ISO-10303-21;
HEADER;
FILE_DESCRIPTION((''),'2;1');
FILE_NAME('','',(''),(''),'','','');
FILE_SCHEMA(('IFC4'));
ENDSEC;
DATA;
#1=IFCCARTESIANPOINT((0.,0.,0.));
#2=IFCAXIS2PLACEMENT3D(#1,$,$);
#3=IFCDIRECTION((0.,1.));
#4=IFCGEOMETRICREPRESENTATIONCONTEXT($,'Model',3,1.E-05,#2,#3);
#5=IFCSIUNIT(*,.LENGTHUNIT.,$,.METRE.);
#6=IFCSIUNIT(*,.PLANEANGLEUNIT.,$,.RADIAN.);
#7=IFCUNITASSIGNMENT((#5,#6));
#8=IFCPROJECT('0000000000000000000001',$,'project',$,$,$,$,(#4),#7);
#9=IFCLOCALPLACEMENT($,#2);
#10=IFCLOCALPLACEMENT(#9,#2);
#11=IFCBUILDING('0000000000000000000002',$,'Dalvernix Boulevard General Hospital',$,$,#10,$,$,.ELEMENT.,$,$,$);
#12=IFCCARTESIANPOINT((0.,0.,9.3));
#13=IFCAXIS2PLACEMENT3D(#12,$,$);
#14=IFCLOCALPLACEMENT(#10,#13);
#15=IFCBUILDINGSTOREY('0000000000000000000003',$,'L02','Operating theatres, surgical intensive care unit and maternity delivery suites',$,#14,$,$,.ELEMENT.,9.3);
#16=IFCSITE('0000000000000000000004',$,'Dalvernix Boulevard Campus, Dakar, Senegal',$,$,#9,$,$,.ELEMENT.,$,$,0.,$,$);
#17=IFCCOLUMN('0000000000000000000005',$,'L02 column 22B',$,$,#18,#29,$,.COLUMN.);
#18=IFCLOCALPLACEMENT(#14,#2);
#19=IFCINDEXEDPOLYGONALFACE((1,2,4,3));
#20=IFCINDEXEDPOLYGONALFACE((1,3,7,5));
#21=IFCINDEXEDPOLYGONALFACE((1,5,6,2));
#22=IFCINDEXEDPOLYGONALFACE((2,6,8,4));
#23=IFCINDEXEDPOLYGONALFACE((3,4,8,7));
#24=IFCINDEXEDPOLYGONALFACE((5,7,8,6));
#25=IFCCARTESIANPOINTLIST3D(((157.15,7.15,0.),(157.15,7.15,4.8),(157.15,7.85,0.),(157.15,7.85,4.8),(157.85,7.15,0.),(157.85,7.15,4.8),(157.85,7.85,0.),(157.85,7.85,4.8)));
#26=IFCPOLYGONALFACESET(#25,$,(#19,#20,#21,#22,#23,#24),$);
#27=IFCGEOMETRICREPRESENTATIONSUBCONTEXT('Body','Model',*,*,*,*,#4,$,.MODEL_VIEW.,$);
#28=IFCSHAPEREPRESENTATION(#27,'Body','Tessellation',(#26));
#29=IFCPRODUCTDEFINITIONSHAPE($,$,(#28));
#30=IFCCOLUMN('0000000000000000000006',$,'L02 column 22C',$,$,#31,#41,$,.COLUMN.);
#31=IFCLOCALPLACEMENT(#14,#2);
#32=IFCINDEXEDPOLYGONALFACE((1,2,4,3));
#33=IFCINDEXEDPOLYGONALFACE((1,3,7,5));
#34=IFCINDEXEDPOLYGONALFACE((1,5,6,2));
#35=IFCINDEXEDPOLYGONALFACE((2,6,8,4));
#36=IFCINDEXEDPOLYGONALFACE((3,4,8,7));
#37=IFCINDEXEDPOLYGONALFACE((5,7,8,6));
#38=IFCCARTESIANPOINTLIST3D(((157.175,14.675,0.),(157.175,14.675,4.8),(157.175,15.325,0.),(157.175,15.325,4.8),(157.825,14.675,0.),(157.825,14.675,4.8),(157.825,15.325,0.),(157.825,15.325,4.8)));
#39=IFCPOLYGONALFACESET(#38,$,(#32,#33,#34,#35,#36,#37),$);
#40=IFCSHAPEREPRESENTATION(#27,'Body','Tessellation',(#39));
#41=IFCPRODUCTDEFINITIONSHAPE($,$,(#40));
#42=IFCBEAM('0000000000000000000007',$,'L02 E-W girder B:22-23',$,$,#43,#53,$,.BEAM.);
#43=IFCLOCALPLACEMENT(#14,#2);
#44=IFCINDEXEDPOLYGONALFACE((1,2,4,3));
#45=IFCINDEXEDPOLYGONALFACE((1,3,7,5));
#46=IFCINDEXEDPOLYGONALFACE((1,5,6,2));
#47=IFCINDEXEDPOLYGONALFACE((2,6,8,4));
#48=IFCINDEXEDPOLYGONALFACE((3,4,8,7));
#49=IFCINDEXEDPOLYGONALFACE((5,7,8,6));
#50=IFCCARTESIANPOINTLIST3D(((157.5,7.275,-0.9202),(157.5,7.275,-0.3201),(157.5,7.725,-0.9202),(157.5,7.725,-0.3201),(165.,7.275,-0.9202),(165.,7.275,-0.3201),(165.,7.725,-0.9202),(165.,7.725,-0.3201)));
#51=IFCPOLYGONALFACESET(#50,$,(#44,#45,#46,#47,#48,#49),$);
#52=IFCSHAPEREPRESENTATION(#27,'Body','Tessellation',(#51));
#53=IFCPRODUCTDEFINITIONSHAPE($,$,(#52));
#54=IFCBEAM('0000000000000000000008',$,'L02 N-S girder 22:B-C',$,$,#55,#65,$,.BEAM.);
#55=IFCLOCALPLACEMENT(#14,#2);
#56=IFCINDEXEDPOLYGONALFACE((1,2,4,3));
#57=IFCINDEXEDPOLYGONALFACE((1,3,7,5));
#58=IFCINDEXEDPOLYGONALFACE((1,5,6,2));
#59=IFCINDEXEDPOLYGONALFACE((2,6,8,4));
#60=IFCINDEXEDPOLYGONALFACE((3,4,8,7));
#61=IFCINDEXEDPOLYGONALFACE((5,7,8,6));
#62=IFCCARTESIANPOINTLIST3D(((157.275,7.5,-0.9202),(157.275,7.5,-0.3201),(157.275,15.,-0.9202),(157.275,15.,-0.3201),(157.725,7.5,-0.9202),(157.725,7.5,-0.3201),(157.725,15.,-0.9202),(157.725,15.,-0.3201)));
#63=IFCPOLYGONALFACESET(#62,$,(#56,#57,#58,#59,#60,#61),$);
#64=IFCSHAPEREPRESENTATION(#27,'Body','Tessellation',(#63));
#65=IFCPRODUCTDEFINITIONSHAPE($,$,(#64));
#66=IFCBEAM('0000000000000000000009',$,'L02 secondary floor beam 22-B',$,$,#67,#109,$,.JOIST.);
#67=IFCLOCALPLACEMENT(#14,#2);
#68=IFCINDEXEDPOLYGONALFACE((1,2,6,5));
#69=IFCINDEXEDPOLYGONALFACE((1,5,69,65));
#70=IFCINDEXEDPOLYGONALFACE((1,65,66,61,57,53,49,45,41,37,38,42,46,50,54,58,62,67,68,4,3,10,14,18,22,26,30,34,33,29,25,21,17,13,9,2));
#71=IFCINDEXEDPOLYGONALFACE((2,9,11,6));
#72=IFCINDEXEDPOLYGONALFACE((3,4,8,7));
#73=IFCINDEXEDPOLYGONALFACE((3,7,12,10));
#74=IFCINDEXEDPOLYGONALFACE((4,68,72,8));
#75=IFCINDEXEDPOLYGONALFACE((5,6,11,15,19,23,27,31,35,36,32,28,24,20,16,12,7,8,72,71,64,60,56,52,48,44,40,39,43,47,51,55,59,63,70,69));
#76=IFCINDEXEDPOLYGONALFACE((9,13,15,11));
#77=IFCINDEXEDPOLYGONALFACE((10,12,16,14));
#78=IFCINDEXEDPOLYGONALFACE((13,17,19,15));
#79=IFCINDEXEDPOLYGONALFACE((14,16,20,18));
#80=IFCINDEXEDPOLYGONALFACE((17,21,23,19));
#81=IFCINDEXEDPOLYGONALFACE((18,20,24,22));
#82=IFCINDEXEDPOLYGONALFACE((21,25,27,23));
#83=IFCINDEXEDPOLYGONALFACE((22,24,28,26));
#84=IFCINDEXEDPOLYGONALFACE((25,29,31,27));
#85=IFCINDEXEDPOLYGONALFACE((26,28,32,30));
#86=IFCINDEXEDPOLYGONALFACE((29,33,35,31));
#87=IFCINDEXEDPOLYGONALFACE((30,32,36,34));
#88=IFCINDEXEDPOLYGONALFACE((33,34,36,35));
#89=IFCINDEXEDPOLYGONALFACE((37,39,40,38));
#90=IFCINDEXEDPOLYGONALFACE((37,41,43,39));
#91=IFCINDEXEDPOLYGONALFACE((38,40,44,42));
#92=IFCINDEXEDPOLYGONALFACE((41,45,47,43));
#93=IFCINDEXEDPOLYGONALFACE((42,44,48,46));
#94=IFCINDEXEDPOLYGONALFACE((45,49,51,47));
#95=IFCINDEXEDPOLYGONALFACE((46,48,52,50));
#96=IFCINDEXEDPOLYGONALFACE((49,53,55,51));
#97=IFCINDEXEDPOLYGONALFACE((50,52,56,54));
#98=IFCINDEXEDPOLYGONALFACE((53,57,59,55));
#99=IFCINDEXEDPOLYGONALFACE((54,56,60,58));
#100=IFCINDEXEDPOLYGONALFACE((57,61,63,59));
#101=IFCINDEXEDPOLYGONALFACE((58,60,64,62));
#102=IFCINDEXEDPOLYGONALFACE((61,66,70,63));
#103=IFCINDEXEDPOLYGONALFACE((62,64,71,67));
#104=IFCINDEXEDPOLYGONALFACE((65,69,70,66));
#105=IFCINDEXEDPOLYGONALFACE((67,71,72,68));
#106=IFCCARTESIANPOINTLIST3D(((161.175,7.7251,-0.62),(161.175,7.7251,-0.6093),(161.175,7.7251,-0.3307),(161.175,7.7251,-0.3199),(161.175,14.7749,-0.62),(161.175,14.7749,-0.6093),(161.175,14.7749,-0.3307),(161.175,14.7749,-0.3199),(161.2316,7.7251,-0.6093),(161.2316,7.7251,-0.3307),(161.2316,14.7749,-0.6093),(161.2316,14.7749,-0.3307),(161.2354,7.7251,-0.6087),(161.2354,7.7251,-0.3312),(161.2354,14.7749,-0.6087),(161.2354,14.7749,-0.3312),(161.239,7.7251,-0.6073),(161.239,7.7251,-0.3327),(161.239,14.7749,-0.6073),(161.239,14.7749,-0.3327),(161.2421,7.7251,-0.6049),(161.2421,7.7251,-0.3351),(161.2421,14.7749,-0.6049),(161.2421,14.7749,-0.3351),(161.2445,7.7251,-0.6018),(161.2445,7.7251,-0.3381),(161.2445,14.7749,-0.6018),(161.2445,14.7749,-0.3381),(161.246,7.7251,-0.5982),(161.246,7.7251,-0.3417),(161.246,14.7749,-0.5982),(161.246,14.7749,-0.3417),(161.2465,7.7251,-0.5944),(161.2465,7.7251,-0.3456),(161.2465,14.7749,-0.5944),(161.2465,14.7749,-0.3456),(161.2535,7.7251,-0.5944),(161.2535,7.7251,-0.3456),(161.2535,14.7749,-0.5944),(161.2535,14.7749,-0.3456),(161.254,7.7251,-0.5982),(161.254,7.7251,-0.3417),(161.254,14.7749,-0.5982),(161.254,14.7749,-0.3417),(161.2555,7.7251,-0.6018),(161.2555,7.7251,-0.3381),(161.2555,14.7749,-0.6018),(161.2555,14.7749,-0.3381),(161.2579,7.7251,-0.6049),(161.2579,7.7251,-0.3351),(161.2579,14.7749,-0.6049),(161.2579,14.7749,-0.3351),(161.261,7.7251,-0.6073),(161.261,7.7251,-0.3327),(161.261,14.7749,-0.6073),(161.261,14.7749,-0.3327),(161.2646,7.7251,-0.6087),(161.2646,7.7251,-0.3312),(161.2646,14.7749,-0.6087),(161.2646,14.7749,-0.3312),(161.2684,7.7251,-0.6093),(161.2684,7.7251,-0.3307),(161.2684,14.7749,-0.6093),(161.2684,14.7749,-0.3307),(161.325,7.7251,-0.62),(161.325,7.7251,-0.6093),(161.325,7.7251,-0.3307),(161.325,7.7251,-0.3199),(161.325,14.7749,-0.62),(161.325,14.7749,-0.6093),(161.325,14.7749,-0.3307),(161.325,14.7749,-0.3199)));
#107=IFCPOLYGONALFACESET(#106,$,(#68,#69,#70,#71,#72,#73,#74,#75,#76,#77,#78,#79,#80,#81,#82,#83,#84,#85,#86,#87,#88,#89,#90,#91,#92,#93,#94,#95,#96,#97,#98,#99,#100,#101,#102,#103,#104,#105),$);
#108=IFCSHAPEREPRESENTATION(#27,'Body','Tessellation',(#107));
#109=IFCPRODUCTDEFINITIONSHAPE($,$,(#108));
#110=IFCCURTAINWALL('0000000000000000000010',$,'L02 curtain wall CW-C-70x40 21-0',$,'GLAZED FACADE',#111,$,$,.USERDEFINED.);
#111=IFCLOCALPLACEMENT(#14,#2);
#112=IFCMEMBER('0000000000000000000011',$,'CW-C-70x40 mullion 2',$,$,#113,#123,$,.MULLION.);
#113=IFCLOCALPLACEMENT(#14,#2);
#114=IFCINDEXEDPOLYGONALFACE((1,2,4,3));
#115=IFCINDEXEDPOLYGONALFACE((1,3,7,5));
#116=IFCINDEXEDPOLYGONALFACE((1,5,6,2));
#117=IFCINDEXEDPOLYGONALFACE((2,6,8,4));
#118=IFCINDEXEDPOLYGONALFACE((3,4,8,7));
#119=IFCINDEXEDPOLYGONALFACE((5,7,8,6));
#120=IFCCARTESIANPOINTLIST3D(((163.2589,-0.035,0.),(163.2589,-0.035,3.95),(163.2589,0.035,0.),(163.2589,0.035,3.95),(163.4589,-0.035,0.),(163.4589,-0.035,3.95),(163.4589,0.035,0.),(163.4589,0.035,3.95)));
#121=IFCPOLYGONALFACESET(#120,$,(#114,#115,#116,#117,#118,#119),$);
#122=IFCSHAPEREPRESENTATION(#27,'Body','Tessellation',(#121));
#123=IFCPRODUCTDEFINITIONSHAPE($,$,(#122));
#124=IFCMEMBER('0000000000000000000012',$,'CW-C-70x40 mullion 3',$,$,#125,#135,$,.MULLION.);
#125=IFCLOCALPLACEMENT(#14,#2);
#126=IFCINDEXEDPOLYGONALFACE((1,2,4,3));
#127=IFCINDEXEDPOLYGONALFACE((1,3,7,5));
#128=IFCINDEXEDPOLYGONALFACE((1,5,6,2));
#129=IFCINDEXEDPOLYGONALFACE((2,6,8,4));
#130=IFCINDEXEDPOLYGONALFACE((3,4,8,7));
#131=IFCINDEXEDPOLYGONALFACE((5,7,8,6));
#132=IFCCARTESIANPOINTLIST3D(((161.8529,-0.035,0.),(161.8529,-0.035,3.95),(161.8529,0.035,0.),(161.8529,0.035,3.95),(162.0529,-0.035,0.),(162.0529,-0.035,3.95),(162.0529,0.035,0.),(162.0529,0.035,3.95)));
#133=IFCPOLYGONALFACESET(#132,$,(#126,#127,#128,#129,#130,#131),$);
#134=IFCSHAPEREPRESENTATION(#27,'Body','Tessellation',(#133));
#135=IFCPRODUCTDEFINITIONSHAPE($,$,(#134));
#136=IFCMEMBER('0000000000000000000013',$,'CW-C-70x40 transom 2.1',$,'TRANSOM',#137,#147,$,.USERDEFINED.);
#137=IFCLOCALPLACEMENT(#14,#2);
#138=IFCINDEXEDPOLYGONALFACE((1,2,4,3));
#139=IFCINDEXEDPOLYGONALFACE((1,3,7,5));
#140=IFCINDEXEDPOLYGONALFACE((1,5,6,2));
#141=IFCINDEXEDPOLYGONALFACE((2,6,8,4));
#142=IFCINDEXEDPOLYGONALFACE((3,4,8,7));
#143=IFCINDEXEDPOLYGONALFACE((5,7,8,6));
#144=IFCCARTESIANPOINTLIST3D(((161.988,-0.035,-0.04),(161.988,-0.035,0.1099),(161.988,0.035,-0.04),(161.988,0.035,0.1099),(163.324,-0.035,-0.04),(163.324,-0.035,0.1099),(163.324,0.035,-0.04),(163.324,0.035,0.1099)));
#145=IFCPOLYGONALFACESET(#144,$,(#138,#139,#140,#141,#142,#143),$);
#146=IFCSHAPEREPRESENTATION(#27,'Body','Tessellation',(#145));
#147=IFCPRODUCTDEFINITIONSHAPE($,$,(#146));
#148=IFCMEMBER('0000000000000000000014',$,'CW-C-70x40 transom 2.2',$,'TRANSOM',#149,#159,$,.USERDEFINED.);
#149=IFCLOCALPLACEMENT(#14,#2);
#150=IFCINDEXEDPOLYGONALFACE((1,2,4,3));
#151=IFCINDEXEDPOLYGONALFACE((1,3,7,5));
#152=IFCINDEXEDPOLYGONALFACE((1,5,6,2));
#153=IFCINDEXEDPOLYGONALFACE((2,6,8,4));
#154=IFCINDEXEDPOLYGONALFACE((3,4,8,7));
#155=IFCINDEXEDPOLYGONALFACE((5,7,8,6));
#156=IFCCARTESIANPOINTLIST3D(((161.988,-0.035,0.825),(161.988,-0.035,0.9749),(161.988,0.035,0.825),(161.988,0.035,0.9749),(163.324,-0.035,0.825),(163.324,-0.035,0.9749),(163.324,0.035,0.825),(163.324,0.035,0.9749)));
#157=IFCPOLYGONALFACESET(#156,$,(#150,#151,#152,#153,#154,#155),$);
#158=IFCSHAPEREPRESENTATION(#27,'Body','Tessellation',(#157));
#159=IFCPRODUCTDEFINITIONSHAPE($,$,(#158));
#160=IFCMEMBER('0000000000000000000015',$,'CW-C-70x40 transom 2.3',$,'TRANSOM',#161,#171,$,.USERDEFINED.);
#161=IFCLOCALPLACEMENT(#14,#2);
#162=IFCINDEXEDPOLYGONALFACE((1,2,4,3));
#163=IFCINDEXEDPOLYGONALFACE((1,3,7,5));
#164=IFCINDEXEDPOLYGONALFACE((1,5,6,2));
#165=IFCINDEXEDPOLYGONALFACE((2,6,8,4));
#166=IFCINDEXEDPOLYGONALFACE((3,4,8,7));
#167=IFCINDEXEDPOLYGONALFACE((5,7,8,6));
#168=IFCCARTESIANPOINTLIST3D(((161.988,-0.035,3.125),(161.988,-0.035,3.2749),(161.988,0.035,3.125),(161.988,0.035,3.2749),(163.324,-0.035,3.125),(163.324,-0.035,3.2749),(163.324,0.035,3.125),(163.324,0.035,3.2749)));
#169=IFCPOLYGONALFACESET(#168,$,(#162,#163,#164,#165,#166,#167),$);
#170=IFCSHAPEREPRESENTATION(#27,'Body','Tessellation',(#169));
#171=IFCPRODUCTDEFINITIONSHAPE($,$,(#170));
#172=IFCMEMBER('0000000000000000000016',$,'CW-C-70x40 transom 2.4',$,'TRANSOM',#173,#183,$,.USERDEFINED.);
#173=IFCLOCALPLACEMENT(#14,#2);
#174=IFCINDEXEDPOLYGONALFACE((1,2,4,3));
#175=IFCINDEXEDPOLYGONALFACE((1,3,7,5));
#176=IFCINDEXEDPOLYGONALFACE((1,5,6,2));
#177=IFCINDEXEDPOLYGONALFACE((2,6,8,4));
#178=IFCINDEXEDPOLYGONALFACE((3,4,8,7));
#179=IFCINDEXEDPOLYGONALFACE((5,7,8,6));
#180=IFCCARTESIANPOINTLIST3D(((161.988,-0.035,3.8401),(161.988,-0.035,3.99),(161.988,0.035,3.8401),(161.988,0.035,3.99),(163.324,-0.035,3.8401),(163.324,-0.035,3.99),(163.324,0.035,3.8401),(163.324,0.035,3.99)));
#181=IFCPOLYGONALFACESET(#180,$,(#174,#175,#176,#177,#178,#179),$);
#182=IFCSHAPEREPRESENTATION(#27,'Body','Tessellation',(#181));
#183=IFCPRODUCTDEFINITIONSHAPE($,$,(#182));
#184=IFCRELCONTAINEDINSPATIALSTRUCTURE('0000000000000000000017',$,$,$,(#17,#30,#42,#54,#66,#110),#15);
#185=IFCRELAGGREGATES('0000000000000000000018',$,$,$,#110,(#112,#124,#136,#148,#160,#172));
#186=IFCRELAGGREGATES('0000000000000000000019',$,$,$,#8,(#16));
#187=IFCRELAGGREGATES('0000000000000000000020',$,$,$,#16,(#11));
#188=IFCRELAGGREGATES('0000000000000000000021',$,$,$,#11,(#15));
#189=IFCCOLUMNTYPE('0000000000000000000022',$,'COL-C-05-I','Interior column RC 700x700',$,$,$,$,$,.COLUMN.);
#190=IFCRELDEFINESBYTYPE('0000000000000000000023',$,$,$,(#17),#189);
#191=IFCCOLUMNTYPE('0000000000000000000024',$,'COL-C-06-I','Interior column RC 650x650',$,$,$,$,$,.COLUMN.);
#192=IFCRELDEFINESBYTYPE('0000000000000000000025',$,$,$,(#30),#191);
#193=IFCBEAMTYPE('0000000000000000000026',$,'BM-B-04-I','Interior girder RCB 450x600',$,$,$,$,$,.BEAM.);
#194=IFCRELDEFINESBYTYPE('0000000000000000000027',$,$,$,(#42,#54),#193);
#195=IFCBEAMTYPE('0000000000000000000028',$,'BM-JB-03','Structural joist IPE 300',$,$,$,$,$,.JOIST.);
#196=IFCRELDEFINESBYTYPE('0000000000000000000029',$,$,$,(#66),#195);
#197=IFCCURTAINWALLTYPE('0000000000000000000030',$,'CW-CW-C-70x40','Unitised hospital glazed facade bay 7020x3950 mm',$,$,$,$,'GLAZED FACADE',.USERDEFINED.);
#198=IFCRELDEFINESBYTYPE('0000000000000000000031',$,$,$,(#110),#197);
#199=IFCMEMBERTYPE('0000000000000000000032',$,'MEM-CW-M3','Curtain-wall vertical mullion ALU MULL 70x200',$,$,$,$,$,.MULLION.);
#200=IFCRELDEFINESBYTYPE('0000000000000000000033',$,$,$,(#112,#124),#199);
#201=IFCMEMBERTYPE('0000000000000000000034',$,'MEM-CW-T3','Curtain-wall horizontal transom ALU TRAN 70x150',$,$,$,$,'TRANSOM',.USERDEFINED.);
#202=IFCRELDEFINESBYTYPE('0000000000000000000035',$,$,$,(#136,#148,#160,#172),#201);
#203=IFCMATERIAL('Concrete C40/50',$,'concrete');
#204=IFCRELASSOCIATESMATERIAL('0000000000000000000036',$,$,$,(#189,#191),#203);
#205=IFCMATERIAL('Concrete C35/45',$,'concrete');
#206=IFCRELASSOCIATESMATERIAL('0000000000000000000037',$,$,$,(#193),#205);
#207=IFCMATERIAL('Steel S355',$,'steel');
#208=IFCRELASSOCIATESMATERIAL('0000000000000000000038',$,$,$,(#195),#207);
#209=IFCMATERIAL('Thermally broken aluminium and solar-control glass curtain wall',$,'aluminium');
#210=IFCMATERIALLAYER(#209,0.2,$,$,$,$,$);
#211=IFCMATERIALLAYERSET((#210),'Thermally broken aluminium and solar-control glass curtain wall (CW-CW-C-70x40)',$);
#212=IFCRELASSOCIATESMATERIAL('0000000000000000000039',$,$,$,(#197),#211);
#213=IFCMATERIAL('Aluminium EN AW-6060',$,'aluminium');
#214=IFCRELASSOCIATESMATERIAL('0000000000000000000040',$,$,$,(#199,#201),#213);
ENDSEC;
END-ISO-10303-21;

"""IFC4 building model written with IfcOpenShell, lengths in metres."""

from ifc_helpers import new_model, si_unit, direction, frame, origin, origin_2d, place, context, subcontext, project, spatial, rectangle, i_section, extrude, material, layer, layer_set, material_profile, profile_set, type_object, element, aggregate, save


model = new_model("IFC4")

# Units and contexts
model_context = context("Model", 3, precision=1e-05, world=origin(), true_north=direction((0.0, 1.0)))
body_context = subcontext(model_context, "Body", "Model", "MODEL_VIEW")
ifc_project = project(units=[si_unit("LENGTHUNIT", "METRE"), si_unit("PLANEANGLEUNIT", "RADIAN")], contexts=[model_context])

# Site, building, storey
site_placement = place(None, origin())
site = spatial("IfcSite", under=ifc_project, at=site_placement, Name="Dalvernix Boulevard Campus, Dakar, Senegal", CompositionType="ELEMENT", RefElevation=0.0)
building_placement = place(site_placement, origin())
building = spatial("IfcBuilding", under=site, at=building_placement, Name="Dalvernix Boulevard General Hospital", CompositionType="ELEMENT")
storey_placement = place(building_placement, frame((0.0, 0.0, 9.3)))
storey = spatial("IfcBuildingStorey", under=building, at=storey_placement, Name="L02", Description="Operating theatres, surgical intensive care unit and maternity delivery suites", CompositionType="ELEMENT", Elevation=9.3)

# Columns
ifc_material_1 = material(Name="Concrete C40/50", Category="concrete")
ifc_material_profile_1 = material_profile(ifc_material_1, rectangle(XDim=0.7, YDim=0.7, at=origin_2d()), Name="RC 700x700")
ifc_profile_set_1 = profile_set([ifc_material_profile_1], Name="Concrete C40/50")
column_type_1 = type_object("IfcColumnType", Name="COL-C-05-I", Description="Interior column RC 700x700", PredefinedType="COLUMN", material=ifc_profile_set_1)
column_1_placement = place(storey_placement, frame((157.5, 7.5, 0.0), z_axis=(0.0, 0.0, 1.0), x_axis=(1.0, 0.0, 0.0)))
element("IfcColumn", 1, at=column_1_placement, inside=storey, type_object=column_type_1, Name="L02 column 22B", PredefinedType="COLUMN", context=body_context, shape_type="SweptSolid", body=[
    extrude(rectangle(XDim=0.7, YDim=0.7, at=origin_2d()), origin(), (0.0, 0.0, 1.0), 4.8),
])
ifc_material_profile_2 = material_profile(ifc_material_1, rectangle(XDim=0.6499, YDim=0.6499, at=origin_2d()), Name="RC 650x650")
ifc_profile_set_2 = profile_set([ifc_material_profile_2], Name="Concrete C40/50")
column_type_2 = type_object("IfcColumnType", Name="COL-C-06-I", Description="Interior column RC 650x650", PredefinedType="COLUMN", material=ifc_profile_set_2)
column_2_placement = place(storey_placement, frame((157.5, 15.0, 0.0), z_axis=(0.0, 0.0, 1.0), x_axis=(1.0, 0.0, 0.0)))
element("IfcColumn", 2, at=column_2_placement, inside=storey, type_object=column_type_2, Name="L02 column 22C", PredefinedType="COLUMN", context=body_context, shape_type="SweptSolid", body=[
    extrude(rectangle(XDim=0.6499, YDim=0.6499, at=origin_2d()), origin(), (0.0, 0.0, 1.0), 4.8),
])

# Beams
ifc_material_2 = material(Name="Concrete C35/45", Category="concrete")
ifc_material_profile_3 = material_profile(ifc_material_2, rectangle(XDim=0.45, YDim=0.6001, at=origin_2d()), Name="RCB 450x600")
ifc_profile_set_3 = profile_set([ifc_material_profile_3], Name="Concrete C35/45")
beam_type_1 = type_object("IfcBeamType", Name="BM-B-04-I", Description="Interior girder RCB 450x600", PredefinedType="BEAM", material=ifc_profile_set_3)
for number, where, z_axis, x_axis, name in (
    (3, (157.5, 7.5, -0.6201), (1.0, 0.0, 0.0), (0.0, 1.0, 0.0), "L02 E-W girder B:22-23"),
    (4, (157.5, 7.5, -0.6201), (0.0, 1.0, 0.0), (-1.0, 0.0, 0.0), "L02 N-S girder 22:B-C"),
):
    element("IfcBeam", number, at=place(storey_placement, frame(where, z_axis=z_axis, x_axis=x_axis)), inside=storey, type_object=beam_type_1, Name=name, PredefinedType="BEAM", context=body_context, shape_type="SweptSolid", body=[
        extrude(rectangle(XDim=0.45, YDim=0.6001, at=origin_2d()), origin(), (0.0, 0.0, 1.0), 7.5),
    ])
ifc_material_3 = material(Name="Steel S355", Category="steel")
ifc_material_profile_4 = material_profile(ifc_material_3, i_section(OverallWidth=0.1499, OverallDepth=0.3, WebThickness=0.0071, FlangeThickness=0.0107, FilletRadius=0.0149, at=origin_2d()), Name="IPE 300")
ifc_profile_set_4 = profile_set([ifc_material_profile_4], Name="Steel S355")
beam_type_2 = type_object("IfcBeamType", Name="BM-JB-03", Description="Structural joist IPE 300", PredefinedType="JOIST", material=ifc_profile_set_4)
beam_placement = place(storey_placement, frame((161.25, 7.7251, -0.47), z_axis=(0.0, 1.0, 0.0), x_axis=(-1.0, 0.0, 0.0)))
element("IfcBeam", 5, at=beam_placement, inside=storey, type_object=beam_type_2, Name="L02 secondary floor beam 22-B", PredefinedType="JOIST", context=body_context, shape_type="SweptSolid", body=[
    extrude(i_section(OverallWidth=0.1499, OverallDepth=0.3, WebThickness=0.0071, FlangeThickness=0.0107, FilletRadius=0.0149, at=origin_2d()), origin(), (0.0, 0.0, 1.0), 7.0498),
])

# Curtain wall, members
ifc_material_4 = material(Name="Thermally broken aluminium and solar-control glass curtain wall", Category="aluminium")
ifc_layer_1 = layer(ifc_material_4, 0.2)
ifc_layer_set_1 = layer_set([ifc_layer_1], Name="Thermally broken aluminium and solar-control glass curtain wall (CW-CW-C-70x40)")
curtain_wall_type = type_object("IfcCurtainWallType", Name="CW-CW-C-70x40", Description="Unitised hospital glazed facade bay 7020x3950 mm", ElementType="GLAZED FACADE", PredefinedType="USERDEFINED", material=ifc_layer_set_1)
curtain_wall_placement = place(storey_placement, origin())
curtain_wall = element("IfcCurtainWall", 6, at=curtain_wall_placement, inside=storey, type_object=curtain_wall_type, Name="L02 curtain wall CW-C-70x40 21-0", ObjectType="GLAZED FACADE", PredefinedType="USERDEFINED")
ifc_material_5 = material(Name="Aluminium EN AW-6060", Category="aluminium")
ifc_material_profile_5 = material_profile(ifc_material_5, rectangle(XDim=0.0701, YDim=0.2, at=origin_2d()), Name="ALU MULL 70x200")
ifc_profile_set_5 = profile_set([ifc_material_profile_5], Name="Aluminium EN AW-6060")
member_type_1 = type_object("IfcMemberType", Name="MEM-CW-M3", Description="Curtain-wall vertical mullion ALU MULL 70x200", PredefinedType="MULLION", material=ifc_profile_set_5)
member_1_placement = place(storey_placement, frame((163.3589, 0.0, 0.0), z_axis=(0.0, 0.0, 1.0), x_axis=(0.0, -1.0, 0.0)))
member_1 = element("IfcMember", 7, at=member_1_placement, type_object=member_type_1, Name="CW-C-70x40 mullion 2", PredefinedType="MULLION", context=body_context, shape_type="SweptSolid", body=[
    extrude(rectangle(XDim=0.0701, YDim=0.2, at=origin_2d()), origin(), (0.0, 0.0, 1.0), 3.95),
])
member_2_placement = place(storey_placement, frame((161.9529, 0.0, 0.0), z_axis=(0.0, 0.0, 1.0), x_axis=(0.0, -1.0, 0.0)))
member_2 = element("IfcMember", 8, at=member_2_placement, type_object=member_type_1, Name="CW-C-70x40 mullion 3", PredefinedType="MULLION", context=body_context, shape_type="SweptSolid", body=[
    extrude(rectangle(XDim=0.0701, YDim=0.2, at=origin_2d()), origin(), (0.0, 0.0, 1.0), 3.95),
])
ifc_material_profile_6 = material_profile(ifc_material_5, rectangle(XDim=0.0701, YDim=0.1499, at=origin_2d()), Name="ALU TRAN 70x150")
ifc_profile_set_6 = profile_set([ifc_material_profile_6], Name="Aluminium EN AW-6060")
member_type_2 = type_object("IfcMemberType", Name="MEM-CW-T3", Description="Curtain-wall horizontal transom ALU TRAN 70x150", ElementType="TRANSOM", PredefinedType="USERDEFINED", material=ifc_profile_set_6)
member_3_placement = place(storey_placement, frame((163.324, 0.0, 0.0349), z_axis=(-1.0, 0.0, 0.0), x_axis=(0.0, -1.0, 0.0)))
member_3 = element("IfcMember", 9, at=member_3_placement, type_object=member_type_2, Name="CW-C-70x40 transom 2.1", ObjectType="TRANSOM", PredefinedType="USERDEFINED", context=body_context, shape_type="SweptSolid", body=[
    extrude(rectangle(XDim=0.0701, YDim=0.1499, at=origin_2d()), origin(), (0.0, 0.0, 1.0), 1.3359),
])
member_4_placement = place(storey_placement, frame((163.324, 0.0, 0.8999), z_axis=(-1.0, 0.0, 0.0), x_axis=(0.0, -1.0, 0.0)))
member_4 = element("IfcMember", 10, at=member_4_placement, type_object=member_type_2, Name="CW-C-70x40 transom 2.2", ObjectType="TRANSOM", PredefinedType="USERDEFINED", context=body_context, shape_type="SweptSolid", body=[
    extrude(rectangle(XDim=0.0701, YDim=0.1499, at=origin_2d()), origin(), (0.0, 0.0, 1.0), 1.3359),
])
member_5_placement = place(storey_placement, frame((163.324, 0.0, 3.2), z_axis=(-1.0, 0.0, 0.0), x_axis=(0.0, -1.0, 0.0)))
member_5 = element("IfcMember", 11, at=member_5_placement, type_object=member_type_2, Name="CW-C-70x40 transom 2.3", ObjectType="TRANSOM", PredefinedType="USERDEFINED", context=body_context, shape_type="SweptSolid", body=[
    extrude(rectangle(XDim=0.0701, YDim=0.1499, at=origin_2d()), origin(), (0.0, 0.0, 1.0), 1.3359),
])
member_6_placement = place(storey_placement, frame((163.324, 0.0, 3.915), z_axis=(-1.0, 0.0, 0.0), x_axis=(0.0, -1.0, 0.0)))
member_6 = element("IfcMember", 12, at=member_6_placement, type_object=member_type_2, Name="CW-C-70x40 transom 2.4", ObjectType="TRANSOM", PredefinedType="USERDEFINED", context=body_context, shape_type="SweptSolid", body=[
    extrude(rectangle(XDim=0.0701, YDim=0.1499, at=origin_2d()), origin(), (0.0, 0.0, 1.0), 1.3359),
])
aggregate(curtain_wall, [member_1, member_2, member_3, member_4, member_5, member_6])

save(model, "model.ifc")
